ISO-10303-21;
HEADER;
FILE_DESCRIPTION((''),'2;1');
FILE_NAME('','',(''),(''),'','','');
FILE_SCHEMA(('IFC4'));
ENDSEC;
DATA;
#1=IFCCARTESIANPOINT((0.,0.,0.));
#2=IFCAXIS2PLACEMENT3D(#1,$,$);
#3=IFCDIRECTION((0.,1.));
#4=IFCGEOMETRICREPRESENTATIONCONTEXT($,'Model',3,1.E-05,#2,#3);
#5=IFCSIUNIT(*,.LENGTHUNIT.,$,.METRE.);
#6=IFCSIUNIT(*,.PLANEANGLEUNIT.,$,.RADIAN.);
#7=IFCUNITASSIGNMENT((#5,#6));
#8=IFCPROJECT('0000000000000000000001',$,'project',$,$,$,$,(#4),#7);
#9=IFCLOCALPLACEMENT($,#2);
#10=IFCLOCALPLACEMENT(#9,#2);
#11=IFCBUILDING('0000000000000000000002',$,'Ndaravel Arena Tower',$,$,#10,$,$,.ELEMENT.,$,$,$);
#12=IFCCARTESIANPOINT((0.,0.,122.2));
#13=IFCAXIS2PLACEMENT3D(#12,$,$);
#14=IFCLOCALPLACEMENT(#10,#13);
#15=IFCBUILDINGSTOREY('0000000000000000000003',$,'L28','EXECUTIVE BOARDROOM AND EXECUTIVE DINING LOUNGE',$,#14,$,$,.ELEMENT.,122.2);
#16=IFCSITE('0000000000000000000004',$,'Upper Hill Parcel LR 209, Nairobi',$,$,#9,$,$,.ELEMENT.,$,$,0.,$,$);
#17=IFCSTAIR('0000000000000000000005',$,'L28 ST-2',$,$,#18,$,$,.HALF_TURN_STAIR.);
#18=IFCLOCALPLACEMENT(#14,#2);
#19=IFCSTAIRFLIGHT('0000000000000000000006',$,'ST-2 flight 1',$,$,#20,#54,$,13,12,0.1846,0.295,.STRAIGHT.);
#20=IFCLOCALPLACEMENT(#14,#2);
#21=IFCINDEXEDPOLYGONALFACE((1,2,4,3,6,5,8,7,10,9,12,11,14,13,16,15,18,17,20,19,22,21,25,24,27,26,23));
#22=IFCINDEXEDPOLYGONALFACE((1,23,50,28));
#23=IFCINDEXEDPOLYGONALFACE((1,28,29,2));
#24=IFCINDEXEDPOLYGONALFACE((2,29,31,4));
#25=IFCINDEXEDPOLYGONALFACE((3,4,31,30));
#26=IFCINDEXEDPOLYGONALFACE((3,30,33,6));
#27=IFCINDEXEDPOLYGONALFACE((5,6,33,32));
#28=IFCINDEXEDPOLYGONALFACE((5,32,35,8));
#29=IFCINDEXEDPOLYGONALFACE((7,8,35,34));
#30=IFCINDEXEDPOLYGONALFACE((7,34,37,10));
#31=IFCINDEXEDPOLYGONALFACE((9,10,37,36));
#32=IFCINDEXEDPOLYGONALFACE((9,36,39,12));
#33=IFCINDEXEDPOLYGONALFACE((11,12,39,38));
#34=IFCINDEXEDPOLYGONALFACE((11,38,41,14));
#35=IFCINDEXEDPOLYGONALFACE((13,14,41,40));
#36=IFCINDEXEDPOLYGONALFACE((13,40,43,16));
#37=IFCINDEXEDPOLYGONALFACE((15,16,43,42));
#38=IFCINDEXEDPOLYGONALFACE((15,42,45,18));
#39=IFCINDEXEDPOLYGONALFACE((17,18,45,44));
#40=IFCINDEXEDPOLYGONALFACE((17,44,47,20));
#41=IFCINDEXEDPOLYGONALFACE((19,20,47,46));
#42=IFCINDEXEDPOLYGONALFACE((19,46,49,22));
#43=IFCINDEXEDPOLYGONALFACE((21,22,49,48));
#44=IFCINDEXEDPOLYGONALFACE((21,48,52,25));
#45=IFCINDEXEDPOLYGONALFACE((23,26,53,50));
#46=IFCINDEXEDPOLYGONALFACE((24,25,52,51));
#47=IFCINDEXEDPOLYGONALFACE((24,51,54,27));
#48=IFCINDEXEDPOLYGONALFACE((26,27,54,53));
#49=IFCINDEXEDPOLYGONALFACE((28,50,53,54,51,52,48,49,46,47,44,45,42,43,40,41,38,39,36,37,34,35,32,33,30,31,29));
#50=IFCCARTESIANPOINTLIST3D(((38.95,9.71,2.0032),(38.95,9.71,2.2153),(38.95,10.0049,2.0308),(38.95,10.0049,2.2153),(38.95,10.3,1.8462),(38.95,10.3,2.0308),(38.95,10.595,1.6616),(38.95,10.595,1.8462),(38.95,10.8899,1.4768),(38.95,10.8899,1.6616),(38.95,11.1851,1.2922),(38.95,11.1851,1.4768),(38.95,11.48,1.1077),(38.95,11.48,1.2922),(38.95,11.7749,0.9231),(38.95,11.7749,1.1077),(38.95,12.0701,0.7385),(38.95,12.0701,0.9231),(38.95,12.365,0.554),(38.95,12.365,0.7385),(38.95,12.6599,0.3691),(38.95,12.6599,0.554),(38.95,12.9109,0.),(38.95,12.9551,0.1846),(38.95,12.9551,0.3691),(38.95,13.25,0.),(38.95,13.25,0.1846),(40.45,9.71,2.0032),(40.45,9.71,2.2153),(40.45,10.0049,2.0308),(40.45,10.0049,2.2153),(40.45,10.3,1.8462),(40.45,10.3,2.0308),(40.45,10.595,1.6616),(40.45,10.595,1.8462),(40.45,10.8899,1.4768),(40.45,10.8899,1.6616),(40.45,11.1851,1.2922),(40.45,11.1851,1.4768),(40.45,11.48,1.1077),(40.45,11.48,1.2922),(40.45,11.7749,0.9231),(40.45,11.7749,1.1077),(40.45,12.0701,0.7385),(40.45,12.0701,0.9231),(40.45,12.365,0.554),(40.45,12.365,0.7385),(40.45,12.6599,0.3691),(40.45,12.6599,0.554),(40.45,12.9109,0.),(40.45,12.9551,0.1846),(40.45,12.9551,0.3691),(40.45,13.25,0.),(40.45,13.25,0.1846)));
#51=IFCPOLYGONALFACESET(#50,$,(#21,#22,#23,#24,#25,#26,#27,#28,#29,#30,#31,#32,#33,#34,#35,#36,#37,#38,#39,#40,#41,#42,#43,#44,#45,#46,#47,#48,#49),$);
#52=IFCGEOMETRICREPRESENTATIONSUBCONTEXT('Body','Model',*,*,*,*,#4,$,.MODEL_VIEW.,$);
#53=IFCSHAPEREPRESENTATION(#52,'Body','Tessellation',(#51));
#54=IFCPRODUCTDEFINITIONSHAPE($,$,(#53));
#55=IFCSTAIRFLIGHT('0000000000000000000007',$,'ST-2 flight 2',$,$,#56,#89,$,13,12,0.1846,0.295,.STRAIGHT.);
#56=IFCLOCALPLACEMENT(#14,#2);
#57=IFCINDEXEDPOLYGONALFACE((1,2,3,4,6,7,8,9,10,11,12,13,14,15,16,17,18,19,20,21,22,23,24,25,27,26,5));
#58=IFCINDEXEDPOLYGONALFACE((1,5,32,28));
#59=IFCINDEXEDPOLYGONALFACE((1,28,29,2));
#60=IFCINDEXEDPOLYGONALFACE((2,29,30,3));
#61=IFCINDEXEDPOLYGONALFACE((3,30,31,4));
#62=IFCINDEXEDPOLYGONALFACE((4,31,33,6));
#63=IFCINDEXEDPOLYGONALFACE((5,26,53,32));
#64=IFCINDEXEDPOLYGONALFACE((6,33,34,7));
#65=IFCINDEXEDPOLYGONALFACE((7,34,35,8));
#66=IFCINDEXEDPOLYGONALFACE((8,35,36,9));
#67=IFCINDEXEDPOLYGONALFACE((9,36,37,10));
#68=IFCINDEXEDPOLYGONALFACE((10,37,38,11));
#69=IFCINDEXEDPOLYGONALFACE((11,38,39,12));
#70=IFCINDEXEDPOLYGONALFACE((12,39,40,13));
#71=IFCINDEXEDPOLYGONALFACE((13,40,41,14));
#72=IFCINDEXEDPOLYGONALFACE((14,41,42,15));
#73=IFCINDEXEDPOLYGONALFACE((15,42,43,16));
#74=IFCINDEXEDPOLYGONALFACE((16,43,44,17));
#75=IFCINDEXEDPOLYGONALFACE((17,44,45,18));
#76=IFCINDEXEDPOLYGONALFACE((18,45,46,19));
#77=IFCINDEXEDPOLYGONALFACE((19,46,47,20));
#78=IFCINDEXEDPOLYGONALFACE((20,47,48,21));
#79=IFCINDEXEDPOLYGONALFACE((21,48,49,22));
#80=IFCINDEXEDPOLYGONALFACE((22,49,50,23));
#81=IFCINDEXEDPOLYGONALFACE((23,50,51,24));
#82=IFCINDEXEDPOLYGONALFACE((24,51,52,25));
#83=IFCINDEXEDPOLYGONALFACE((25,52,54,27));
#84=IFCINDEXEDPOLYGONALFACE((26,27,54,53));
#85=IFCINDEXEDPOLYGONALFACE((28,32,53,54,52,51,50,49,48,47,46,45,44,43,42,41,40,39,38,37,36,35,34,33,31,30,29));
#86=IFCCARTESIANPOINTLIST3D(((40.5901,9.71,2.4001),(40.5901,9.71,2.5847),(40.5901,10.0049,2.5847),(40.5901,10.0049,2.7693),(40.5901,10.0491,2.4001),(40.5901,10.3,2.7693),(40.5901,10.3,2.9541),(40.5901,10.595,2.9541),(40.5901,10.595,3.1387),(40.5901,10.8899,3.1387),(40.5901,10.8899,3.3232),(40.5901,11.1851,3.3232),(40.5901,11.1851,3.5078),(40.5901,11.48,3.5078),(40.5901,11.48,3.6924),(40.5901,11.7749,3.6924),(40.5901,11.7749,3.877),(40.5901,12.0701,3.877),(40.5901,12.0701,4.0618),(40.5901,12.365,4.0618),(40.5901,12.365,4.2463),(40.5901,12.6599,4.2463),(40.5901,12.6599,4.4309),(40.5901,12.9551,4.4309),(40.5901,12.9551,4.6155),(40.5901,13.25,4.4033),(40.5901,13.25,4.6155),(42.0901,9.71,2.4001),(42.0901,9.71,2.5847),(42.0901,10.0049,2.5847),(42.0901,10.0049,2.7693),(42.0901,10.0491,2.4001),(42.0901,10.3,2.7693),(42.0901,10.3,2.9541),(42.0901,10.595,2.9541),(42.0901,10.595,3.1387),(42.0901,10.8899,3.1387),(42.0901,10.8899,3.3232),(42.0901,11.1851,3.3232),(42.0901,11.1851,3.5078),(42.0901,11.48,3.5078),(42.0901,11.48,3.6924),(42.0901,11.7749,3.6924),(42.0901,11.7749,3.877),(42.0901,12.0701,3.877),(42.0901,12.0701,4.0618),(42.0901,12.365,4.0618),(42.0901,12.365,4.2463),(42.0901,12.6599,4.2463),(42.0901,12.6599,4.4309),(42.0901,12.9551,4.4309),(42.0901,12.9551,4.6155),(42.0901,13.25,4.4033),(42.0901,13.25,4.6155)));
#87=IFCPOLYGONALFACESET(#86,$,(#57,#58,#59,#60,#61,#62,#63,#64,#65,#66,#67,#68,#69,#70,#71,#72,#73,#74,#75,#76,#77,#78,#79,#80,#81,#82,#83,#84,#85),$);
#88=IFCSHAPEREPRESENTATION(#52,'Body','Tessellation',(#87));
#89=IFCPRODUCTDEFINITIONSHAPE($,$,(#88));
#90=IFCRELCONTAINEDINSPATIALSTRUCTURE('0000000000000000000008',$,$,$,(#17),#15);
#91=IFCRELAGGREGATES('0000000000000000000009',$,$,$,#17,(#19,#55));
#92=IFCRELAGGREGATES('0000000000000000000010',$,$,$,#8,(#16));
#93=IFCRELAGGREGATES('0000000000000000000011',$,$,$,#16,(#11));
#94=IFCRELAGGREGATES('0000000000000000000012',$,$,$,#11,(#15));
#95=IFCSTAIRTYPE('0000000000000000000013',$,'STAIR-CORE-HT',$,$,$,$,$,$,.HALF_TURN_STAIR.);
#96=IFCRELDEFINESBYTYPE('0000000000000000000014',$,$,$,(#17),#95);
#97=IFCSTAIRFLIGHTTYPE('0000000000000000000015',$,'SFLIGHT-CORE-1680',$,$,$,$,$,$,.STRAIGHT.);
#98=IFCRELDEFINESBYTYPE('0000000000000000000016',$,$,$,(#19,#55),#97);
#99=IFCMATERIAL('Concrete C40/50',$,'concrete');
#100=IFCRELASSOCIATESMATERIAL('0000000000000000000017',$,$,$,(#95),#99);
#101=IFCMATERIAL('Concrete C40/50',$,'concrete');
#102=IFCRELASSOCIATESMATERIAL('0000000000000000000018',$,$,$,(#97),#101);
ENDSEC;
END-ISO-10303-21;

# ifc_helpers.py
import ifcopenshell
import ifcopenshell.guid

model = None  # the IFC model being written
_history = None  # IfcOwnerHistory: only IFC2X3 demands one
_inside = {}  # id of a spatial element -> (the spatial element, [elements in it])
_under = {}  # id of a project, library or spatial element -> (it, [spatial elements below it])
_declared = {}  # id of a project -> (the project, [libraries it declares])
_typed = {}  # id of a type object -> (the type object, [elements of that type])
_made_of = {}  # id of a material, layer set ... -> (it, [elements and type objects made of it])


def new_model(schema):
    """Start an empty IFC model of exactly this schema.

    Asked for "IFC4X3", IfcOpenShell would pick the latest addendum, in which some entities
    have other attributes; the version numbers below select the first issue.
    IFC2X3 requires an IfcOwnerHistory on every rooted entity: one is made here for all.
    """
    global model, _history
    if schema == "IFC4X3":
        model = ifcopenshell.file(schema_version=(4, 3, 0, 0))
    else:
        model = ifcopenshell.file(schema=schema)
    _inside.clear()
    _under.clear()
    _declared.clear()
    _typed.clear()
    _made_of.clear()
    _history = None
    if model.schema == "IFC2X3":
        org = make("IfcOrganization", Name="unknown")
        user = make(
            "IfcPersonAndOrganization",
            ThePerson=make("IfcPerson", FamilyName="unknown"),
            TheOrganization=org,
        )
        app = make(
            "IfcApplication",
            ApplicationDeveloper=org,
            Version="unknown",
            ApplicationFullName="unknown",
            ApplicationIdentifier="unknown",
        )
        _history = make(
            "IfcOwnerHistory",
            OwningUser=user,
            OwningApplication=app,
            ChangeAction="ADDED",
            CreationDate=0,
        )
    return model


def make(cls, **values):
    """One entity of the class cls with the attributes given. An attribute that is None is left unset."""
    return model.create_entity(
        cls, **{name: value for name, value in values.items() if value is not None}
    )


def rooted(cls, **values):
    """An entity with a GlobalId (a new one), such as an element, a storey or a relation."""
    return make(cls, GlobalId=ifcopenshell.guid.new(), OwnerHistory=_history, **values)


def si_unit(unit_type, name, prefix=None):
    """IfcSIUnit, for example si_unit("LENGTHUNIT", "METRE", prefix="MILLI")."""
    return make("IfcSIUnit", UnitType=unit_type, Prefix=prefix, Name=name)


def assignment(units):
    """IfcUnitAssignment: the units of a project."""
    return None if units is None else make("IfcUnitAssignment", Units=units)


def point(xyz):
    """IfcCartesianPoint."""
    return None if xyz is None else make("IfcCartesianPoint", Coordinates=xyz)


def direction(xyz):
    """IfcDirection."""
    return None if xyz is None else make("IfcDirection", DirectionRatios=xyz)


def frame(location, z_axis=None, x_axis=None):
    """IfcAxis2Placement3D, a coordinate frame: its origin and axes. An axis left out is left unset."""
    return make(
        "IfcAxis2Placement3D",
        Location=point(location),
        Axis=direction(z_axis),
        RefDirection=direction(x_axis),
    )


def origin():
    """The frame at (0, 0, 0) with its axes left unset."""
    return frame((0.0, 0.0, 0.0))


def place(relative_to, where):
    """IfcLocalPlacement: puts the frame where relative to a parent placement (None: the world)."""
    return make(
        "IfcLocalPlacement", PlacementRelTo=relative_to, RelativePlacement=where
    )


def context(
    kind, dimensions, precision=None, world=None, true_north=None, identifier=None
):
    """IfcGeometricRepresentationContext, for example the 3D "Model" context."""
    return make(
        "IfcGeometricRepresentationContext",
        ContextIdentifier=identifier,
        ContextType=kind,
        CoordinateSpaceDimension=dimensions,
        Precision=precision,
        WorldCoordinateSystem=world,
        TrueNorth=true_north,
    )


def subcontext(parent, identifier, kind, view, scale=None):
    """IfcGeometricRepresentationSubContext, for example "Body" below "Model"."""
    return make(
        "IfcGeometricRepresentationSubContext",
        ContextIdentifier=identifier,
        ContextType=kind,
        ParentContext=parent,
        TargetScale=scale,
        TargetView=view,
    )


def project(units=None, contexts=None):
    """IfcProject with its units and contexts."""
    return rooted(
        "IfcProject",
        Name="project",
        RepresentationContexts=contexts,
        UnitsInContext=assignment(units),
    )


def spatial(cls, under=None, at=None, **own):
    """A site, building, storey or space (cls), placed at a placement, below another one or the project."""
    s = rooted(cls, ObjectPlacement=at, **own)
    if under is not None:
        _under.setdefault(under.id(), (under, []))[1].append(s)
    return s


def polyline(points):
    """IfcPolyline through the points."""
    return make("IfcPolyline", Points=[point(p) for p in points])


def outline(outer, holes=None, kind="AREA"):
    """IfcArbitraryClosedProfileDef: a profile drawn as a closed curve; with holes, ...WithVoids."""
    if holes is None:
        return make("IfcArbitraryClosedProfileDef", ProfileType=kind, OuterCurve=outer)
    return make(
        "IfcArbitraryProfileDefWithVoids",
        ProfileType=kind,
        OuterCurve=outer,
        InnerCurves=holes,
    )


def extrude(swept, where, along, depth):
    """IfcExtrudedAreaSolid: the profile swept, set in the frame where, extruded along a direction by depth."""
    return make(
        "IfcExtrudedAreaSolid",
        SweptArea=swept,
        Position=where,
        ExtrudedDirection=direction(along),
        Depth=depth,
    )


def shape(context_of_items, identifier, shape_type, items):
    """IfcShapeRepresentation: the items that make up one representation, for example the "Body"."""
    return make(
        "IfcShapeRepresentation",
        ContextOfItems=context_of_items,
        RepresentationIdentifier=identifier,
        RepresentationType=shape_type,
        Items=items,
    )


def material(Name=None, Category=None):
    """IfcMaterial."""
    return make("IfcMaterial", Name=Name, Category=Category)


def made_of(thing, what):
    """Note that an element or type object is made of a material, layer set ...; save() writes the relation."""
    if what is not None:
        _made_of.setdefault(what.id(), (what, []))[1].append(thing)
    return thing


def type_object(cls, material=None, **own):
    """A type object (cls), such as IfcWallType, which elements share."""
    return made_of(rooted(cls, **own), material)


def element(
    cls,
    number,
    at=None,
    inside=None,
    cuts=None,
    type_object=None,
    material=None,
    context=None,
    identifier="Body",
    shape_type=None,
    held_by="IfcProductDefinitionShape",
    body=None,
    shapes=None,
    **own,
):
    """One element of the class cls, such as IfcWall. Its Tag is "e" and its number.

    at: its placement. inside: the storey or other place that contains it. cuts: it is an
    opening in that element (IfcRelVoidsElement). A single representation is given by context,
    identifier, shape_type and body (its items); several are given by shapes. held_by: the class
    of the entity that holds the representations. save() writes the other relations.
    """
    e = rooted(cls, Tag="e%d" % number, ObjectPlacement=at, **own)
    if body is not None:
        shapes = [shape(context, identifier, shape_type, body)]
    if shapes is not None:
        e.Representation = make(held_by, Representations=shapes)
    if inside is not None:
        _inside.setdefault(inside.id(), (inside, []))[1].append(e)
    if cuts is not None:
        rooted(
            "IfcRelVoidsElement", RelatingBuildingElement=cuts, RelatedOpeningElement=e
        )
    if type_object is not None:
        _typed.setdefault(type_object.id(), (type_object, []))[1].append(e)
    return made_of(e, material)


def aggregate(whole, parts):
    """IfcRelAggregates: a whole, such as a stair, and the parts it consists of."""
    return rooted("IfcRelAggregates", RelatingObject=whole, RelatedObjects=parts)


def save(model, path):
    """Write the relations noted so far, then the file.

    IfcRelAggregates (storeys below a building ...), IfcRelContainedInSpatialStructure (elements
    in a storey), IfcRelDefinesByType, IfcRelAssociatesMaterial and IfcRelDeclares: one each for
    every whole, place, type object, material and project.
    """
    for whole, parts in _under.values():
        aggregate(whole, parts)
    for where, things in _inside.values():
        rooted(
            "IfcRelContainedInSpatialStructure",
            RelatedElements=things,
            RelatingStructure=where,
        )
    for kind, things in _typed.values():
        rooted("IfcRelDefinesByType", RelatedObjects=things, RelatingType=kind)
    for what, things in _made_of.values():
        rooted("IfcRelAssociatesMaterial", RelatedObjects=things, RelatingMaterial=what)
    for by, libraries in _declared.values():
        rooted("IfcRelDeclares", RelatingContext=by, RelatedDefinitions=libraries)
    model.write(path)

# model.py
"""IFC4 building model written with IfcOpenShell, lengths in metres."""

from ifc_helpers import new_model, si_unit, direction, frame, origin, place, context, subcontext, project, spatial, polyline, outline, extrude, material, type_object, element, aggregate, save


model = new_model("IFC4")

# Units and contexts
model_context = context("Model", 3, precision=1e-05, world=origin(), true_north=direction((0.0, 1.0)))
body_context = subcontext(model_context, "Body", "Model", "MODEL_VIEW")
ifc_project = project(units=[si_unit("LENGTHUNIT", "METRE"), si_unit("PLANEANGLEUNIT", "RADIAN")], contexts=[model_context])

# Site, building, storey
site_placement = place(None, origin())
site = spatial("IfcSite", under=ifc_project, at=site_placement, Name="Upper Hill Parcel LR 209, Nairobi", CompositionType="ELEMENT", RefElevation=0.0)
building_placement = place(site_placement, origin())
building = spatial("IfcBuilding", under=site, at=building_placement, Name="Ndaravel Arena Tower", CompositionType="ELEMENT")
storey_placement = place(building_placement, frame((0.0, 0.0, 122.2)))
storey = spatial("IfcBuildingStorey", under=building, at=storey_placement, Name="L28", Description="EXECUTIVE BOARDROOM AND EXECUTIVE DINING LOUNGE", CompositionType="ELEMENT", Elevation=122.2)

# Stair, stair flights
ifc_material_1 = material(Name="Concrete C40/50", Category="concrete")
stair_type = type_object("IfcStairType", Name="STAIR-CORE-HT", PredefinedType="HALF_TURN_STAIR", material=ifc_material_1)
stair_placement = place(storey_placement, origin())
stair = element("IfcStair", 1, at=stair_placement, inside=storey, type_object=stair_type, Name="L28 ST-2", PredefinedType="HALF_TURN_STAIR")
ifc_material_2 = material(Name="Concrete C40/50", Category="concrete")
stair_flight_type = type_object("IfcStairFlightType", Name="SFLIGHT-CORE-1680", PredefinedType="STRAIGHT", material=ifc_material_2)
stair_flight_1_placement = place(storey_placement, frame((39.7, 13.25, 0.0), z_axis=(0.0, 0.0, 1.0), x_axis=(0.0, -1.0, 0.0)))
stair_flight_1 = element("IfcStairFlight", 2, at=stair_flight_1_placement, type_object=stair_flight_type, Name="ST-2 flight 1", NumberOfRisers=13, NumberOfTreads=12, PredefinedType="STRAIGHT", RiserHeight=0.1846, TreadLength=0.295, context=body_context, shape_type="SweptSolid", body=[
    extrude(outline(polyline([(0.0, 0.0), (0.0, 0.1846), (0.2949, 0.1846), (0.2949, 0.3691), (0.5901, 0.3691), (0.5901, 0.554), (0.885, 0.554), (0.885, 0.7385), (1.1799, 0.7385), (1.1799, 0.9231), (1.4751, 0.9231), (1.4751, 1.1077), (1.77, 1.1077), (1.77, 1.2922), (2.0649, 1.2922), (2.0649, 1.4768), (2.3601, 1.4768), (2.3601, 1.6616), (2.655, 1.6616), (2.655, 1.8462), (2.95, 1.8462), (2.95, 2.0308), (3.2451, 2.0308), (3.2451, 2.2153), (3.54, 2.2153), (3.54, 2.3999), (3.54, 2.0032), (0.3391, 0.0), (0.0, 0.0)])), frame((0.0, 0.75, 0.0), z_axis=(0.0, -1.0, 0.0), x_axis=(1.0, 0.0, 0.0)), (0.0, 0.0, 1.0), 1.5),
])
stair_flight_2_placement = place(storey_placement, frame((41.3401, 9.71, 2.4001), z_axis=(0.0, 0.0, 1.0), x_axis=(0.0, 1.0, 0.0)))
stair_flight_2 = element("IfcStairFlight", 3, at=stair_flight_2_placement, type_object=stair_flight_type, Name="ST-2 flight 2", NumberOfRisers=13, NumberOfTreads=12, PredefinedType="STRAIGHT", RiserHeight=0.1846, TreadLength=0.295, context=body_context, shape_type="SweptSolid", body=[
    extrude(outline(polyline([(0.0, 0.0), (0.0, 0.1846), (0.2949, 0.1846), (0.2949, 0.3691), (0.5901, 0.3691), (0.5901, 0.554), (0.885, 0.554), (0.885, 0.7385), (1.1799, 0.7385), (1.1799, 0.9231), (1.4751, 0.9231), (1.4751, 1.1077), (1.77, 1.1077), (1.77, 1.2922), (2.0649, 1.2922), (2.0649, 1.4768), (2.3601, 1.4768), (2.3601, 1.6616), (2.655, 1.6616), (2.655, 1.8462), (2.95, 1.8462), (2.95, 2.0308), (3.2451, 2.0308), (3.2451, 2.2153), (3.54, 2.2153), (3.54, 2.3999), (3.54, 2.0032), (0.3391, 0.0), (0.0, 0.0)])), frame((0.0, 0.75, 0.0), z_axis=(0.0, -1.0, 0.0), x_axis=(1.0, 0.0, 0.0)), (0.0, 0.0, 1.0), 1.5),
])
aggregate(stair, [stair_flight_1, stair_flight_2])

save(model, "model.ifc")
